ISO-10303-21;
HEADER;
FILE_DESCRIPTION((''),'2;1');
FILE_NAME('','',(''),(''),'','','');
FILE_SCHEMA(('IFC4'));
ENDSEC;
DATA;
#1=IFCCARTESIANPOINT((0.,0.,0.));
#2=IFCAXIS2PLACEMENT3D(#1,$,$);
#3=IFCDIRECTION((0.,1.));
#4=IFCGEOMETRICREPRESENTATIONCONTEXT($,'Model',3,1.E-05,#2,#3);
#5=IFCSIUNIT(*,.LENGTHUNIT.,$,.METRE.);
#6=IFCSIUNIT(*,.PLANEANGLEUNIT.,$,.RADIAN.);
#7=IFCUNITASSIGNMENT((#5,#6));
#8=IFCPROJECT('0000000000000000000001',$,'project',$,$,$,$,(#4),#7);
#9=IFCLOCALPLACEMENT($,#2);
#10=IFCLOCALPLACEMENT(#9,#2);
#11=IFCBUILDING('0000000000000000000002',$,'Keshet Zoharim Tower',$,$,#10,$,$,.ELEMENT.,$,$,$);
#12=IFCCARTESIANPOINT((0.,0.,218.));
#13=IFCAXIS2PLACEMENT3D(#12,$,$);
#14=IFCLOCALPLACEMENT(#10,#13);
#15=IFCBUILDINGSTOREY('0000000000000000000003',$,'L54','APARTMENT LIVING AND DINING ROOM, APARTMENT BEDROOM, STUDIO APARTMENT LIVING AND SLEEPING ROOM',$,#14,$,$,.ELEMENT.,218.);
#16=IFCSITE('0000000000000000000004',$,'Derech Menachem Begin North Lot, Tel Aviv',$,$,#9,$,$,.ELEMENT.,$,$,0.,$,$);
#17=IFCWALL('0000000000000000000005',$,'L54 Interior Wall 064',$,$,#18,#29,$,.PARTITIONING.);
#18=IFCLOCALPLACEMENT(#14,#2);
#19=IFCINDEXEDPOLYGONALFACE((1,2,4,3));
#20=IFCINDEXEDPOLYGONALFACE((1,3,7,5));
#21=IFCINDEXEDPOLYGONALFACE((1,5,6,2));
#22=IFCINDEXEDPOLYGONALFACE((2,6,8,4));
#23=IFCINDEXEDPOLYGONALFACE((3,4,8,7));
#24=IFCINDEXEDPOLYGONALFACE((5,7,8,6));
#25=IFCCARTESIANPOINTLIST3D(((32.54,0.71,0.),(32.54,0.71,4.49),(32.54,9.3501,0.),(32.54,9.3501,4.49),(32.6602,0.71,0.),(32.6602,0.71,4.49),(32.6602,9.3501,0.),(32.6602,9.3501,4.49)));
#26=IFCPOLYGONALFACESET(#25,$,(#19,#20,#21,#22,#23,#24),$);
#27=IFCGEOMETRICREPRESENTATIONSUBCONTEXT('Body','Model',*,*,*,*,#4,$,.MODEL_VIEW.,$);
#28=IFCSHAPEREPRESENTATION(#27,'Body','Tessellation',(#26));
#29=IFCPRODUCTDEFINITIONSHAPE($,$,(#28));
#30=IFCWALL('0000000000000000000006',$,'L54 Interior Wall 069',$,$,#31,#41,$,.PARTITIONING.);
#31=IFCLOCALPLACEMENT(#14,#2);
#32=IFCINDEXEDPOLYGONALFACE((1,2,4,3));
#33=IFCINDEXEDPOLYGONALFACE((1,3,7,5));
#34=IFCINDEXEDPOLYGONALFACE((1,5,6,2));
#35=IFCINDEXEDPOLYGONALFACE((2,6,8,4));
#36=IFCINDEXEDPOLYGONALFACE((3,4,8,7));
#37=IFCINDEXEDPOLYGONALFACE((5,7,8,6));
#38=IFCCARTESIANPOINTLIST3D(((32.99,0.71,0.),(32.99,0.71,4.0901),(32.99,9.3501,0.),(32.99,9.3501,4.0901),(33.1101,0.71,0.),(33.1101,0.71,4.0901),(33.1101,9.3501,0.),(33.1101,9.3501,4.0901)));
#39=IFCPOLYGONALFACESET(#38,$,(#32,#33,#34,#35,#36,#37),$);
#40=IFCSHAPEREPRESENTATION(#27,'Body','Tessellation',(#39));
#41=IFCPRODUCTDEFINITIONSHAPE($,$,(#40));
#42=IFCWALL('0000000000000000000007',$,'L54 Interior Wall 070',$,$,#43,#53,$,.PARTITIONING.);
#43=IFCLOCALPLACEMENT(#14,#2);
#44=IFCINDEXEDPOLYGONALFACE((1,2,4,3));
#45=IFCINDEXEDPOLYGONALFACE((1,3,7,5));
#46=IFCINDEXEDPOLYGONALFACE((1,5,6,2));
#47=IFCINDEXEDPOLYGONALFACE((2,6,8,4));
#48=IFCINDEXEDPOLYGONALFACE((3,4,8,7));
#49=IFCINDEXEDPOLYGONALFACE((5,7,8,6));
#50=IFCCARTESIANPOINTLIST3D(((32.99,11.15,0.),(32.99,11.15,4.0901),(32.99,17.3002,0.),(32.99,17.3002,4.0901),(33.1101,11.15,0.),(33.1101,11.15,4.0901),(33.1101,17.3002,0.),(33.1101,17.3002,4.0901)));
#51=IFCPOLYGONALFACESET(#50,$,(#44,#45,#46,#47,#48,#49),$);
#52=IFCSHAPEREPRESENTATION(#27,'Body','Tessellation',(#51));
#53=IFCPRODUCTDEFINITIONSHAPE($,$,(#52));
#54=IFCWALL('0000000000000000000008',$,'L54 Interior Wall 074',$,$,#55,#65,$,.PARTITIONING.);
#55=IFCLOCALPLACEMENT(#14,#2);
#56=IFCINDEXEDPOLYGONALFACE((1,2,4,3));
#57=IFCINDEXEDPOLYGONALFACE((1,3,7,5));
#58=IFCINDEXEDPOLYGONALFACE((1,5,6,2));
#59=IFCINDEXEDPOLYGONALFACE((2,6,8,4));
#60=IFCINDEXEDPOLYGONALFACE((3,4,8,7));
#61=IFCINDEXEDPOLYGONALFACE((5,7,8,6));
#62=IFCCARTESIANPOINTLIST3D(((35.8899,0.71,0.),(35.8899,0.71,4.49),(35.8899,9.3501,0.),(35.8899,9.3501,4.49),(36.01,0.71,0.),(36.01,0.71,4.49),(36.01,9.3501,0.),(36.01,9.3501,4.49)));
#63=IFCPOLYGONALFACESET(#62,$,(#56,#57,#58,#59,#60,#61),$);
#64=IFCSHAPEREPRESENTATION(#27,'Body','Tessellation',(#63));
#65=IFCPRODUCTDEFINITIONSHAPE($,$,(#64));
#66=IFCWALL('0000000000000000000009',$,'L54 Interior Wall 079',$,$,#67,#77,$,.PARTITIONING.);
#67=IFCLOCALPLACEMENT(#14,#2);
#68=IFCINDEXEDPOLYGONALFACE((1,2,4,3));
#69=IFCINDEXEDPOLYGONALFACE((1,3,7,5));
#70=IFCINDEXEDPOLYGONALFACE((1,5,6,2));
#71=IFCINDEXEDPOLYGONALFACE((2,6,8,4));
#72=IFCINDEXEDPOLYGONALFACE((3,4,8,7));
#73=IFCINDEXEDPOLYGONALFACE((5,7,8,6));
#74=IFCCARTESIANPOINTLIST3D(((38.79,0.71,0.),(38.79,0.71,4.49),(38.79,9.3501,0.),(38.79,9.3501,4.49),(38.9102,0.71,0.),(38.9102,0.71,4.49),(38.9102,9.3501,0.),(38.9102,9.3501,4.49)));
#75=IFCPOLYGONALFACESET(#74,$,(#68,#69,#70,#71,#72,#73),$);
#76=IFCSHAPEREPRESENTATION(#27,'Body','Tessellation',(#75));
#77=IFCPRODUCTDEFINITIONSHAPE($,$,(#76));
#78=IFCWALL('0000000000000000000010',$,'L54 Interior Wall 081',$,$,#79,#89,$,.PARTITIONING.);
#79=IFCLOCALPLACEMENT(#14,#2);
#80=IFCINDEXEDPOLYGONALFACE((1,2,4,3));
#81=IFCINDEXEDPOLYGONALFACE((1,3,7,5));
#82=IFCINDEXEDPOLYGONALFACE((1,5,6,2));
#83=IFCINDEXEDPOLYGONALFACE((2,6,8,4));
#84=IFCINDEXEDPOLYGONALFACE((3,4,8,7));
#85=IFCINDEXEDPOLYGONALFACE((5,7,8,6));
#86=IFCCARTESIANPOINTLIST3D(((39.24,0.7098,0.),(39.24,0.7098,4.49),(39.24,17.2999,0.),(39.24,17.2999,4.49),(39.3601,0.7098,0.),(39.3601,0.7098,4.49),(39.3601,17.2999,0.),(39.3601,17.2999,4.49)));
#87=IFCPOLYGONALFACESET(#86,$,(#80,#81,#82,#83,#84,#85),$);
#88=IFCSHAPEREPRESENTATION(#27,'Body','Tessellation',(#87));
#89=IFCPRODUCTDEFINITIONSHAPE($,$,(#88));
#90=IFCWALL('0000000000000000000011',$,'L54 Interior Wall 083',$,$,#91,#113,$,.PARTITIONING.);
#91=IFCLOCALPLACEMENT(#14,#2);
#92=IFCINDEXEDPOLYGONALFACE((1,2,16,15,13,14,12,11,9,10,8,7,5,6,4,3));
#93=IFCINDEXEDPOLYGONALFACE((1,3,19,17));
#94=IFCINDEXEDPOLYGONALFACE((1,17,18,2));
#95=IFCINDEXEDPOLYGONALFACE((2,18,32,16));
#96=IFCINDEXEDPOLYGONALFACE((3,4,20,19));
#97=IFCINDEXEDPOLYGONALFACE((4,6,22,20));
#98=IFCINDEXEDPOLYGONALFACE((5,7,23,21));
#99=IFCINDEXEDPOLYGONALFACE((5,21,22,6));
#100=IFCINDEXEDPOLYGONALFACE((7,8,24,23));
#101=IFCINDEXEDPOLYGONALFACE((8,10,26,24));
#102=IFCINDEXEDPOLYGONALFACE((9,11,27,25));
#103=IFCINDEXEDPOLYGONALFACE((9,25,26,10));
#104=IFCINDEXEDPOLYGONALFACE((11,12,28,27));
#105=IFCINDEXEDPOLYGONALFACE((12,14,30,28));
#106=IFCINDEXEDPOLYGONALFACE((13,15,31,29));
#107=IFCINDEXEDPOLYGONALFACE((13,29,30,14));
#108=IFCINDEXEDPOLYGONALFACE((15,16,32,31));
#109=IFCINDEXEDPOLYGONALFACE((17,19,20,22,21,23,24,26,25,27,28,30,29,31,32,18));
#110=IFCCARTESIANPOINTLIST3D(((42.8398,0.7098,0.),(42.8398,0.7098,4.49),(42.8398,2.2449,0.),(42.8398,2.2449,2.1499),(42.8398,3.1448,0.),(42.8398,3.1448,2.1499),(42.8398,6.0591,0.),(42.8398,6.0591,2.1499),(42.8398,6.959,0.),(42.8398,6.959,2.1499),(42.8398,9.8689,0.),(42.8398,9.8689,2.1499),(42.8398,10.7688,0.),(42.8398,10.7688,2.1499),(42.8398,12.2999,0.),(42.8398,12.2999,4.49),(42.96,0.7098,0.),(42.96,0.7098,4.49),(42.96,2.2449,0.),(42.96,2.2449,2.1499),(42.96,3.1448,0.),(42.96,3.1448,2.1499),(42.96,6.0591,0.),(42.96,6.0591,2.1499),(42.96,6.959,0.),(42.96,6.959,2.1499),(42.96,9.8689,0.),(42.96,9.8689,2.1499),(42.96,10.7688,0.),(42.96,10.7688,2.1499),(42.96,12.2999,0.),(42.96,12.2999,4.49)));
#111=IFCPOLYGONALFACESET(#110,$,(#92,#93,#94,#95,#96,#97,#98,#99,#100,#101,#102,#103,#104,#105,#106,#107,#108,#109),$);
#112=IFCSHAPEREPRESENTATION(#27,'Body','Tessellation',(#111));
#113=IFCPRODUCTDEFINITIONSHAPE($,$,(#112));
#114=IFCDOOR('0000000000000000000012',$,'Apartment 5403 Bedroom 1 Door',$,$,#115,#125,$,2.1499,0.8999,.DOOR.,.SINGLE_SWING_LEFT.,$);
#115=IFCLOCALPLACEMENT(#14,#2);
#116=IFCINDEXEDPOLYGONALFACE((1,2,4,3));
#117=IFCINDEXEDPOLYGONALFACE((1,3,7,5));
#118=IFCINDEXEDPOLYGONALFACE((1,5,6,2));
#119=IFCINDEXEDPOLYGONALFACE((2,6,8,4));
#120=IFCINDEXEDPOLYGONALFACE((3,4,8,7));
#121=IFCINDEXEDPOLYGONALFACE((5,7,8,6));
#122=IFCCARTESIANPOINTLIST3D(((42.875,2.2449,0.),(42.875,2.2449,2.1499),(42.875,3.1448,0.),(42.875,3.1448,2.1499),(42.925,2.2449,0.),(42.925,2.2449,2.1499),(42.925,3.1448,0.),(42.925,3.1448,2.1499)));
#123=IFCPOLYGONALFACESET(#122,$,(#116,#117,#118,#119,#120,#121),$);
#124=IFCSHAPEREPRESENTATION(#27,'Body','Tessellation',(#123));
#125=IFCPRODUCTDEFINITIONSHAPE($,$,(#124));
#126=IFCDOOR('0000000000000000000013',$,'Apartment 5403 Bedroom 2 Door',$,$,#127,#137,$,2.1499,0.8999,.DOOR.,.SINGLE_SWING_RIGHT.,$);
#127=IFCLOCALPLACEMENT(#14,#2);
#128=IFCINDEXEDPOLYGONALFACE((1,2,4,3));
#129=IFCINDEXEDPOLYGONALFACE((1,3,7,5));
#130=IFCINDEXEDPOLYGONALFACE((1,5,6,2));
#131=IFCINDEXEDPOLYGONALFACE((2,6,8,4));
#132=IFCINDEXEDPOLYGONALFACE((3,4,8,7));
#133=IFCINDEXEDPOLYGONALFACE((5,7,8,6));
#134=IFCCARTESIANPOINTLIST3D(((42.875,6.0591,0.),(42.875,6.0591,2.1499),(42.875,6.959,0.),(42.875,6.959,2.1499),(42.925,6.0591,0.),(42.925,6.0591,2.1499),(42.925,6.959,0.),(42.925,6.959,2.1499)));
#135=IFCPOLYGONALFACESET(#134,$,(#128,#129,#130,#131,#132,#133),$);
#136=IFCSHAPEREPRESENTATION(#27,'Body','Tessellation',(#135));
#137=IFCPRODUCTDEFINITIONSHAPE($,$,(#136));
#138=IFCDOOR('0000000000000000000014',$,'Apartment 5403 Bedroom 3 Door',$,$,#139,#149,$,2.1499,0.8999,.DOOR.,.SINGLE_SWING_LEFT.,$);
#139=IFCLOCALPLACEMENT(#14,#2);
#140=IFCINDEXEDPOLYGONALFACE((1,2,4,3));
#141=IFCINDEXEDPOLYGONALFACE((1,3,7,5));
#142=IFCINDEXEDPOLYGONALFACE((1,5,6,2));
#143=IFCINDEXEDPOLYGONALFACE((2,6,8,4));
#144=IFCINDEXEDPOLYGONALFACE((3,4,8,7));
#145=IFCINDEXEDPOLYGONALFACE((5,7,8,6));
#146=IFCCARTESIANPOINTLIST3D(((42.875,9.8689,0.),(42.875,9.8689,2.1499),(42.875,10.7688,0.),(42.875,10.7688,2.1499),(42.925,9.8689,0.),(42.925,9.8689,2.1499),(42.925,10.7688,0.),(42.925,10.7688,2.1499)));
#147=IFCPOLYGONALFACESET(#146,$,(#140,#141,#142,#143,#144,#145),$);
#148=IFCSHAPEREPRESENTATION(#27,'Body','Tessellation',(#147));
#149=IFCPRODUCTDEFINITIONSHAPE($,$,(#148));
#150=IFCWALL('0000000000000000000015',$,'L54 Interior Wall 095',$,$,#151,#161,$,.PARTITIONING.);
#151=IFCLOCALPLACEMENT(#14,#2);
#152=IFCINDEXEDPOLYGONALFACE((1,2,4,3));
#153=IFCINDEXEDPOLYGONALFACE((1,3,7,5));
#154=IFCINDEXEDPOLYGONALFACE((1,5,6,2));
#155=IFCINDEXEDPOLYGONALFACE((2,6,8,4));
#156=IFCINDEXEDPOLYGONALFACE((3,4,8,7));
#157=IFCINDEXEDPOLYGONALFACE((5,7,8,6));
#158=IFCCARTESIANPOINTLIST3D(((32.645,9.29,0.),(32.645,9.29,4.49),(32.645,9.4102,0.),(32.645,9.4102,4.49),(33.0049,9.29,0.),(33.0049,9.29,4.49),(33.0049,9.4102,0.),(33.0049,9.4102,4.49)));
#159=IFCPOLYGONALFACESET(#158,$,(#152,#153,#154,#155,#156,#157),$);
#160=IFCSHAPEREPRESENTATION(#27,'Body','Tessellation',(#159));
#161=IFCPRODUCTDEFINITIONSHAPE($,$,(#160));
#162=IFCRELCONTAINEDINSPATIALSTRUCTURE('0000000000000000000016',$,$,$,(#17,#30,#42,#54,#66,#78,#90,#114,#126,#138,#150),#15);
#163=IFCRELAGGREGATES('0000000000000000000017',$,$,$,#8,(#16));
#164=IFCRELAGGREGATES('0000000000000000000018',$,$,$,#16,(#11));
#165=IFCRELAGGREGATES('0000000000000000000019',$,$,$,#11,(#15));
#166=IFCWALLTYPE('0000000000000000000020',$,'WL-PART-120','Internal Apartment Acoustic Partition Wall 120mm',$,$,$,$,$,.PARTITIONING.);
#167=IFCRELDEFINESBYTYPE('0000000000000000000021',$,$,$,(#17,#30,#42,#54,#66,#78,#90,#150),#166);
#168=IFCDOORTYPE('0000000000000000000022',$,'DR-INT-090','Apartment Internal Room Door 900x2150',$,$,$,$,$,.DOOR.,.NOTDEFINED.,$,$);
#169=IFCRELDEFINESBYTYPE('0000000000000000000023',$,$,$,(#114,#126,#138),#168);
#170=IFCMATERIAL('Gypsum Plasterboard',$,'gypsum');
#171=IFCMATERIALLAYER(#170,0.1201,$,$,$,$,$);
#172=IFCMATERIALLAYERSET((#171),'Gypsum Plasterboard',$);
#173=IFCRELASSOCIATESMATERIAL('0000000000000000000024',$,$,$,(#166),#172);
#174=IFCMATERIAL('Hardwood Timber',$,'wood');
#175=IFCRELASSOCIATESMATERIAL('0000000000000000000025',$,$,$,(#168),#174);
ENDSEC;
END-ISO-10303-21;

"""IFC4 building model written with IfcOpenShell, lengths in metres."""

from ifc_helpers import new_model, si_unit, direction, frame, frame_2d, origin, place, context, subcontext, project, spatial, rectangle, extrude, material, layer, layer_set, type_object, element, fill, save


model = new_model("IFC4")

# Units and contexts
model_context = context("Model", 3, precision=1e-05, world=origin(), true_north=direction((0.0, 1.0)))
body_context = subcontext(model_context, "Body", "Model", "MODEL_VIEW")
ifc_project = project(units=[si_unit("LENGTHUNIT", "METRE"), si_unit("PLANEANGLEUNIT", "RADIAN")], contexts=[model_context])

# Site, building, storey
site_placement = place(None, origin())
site = spatial("IfcSite", under=ifc_project, at=site_placement, Name="Derech Menachem Begin North Lot, Tel Aviv", CompositionType="ELEMENT", RefElevation=0.0)
building_placement = place(site_placement, origin())
building = spatial("IfcBuilding", under=site, at=building_placement, Name="Keshet Zoharim Tower", CompositionType="ELEMENT")
storey_placement = place(building_placement, frame((0.0, 0.0, 218.0)))
storey = spatial("IfcBuildingStorey", under=building, at=storey_placement, Name="L54", Description="APARTMENT LIVING AND DINING ROOM, APARTMENT BEDROOM, STUDIO APARTMENT LIVING AND SLEEPING ROOM", CompositionType="ELEMENT", Elevation=218.0)

# Walls
ifc_material_1 = material(Name="Gypsum Plasterboard", Category="gypsum")
ifc_layer_1 = layer(ifc_material_1, 0.1201)
ifc_layer_set_1 = layer_set([ifc_layer_1], Name="Gypsum Plasterboard")
wall_type = type_object("IfcWallType", Name="WL-PART-120", Description="Internal Apartment Acoustic Partition Wall 120mm", PredefinedType="PARTITIONING", material=ifc_layer_set_1)
wall_1_placement = place(storey_placement, frame((32.6001, 0.71, 0.0), z_axis=(0.0, 0.0, 1.0), x_axis=(0.0, 1.0, 0.0)))
element("IfcWall", 1, at=wall_1_placement, inside=storey, type_object=wall_type, Name="L54 Interior Wall 064", PredefinedType="PARTITIONING", context=body_context, shape_type="SweptSolid", body=[
    extrude(rectangle(XDim=8.6401, YDim=0.1201, at=frame_2d((4.3201, 0.0))), origin(), (0.0, 0.0, 1.0), 4.49),
])
wall_2_placement = place(storey_placement, frame((33.05, 0.71, 0.0), z_axis=(0.0, 0.0, 1.0), x_axis=(0.0, 1.0, 0.0)))
element("IfcWall", 2, at=wall_2_placement, inside=storey, type_object=wall_type, Name="L54 Interior Wall 069", PredefinedType="PARTITIONING", context=body_context, shape_type="SweptSolid", body=[
    extrude(rectangle(XDim=8.6401, YDim=0.1201, at=frame_2d((4.3201, 0.0))), origin(), (0.0, 0.0, 1.0), 4.0901),
])
wall_3_placement = place(storey_placement, frame((33.05, 11.1499, 0.0), z_axis=(0.0, 0.0, 1.0), x_axis=(0.0, 1.0, 0.0)))
element("IfcWall", 3, at=wall_3_placement, inside=storey, type_object=wall_type, Name="L54 Interior Wall 070", PredefinedType="PARTITIONING", context=body_context, shape_type="SweptSolid", body=[
    extrude(rectangle(XDim=6.1501, YDim=0.1201, at=frame_2d((3.0752, 0.0))), origin(), (0.0, 0.0, 1.0), 4.0901),
])
for number, where, z_axis, x_axis, name in (
    (4, (35.95, 0.71, 0.0), (0.0, 0.0, 1.0), (0.0, 1.0, 0.0), "L54 Interior Wall 074"),
    (5, (38.8501, 0.71, 0.0), (0.0, 0.0, 1.0), (0.0, 1.0, 0.0), "L54 Interior Wall 079"),
):
    element("IfcWall", number, at=place(storey_placement, frame(where, z_axis=z_axis, x_axis=x_axis)), inside=storey, type_object=wall_type, Name=name, PredefinedType="PARTITIONING", context=body_context, shape_type="SweptSolid", body=[
        extrude(rectangle(XDim=8.6401, YDim=0.1201, at=frame_2d((4.3201, 0.0))), origin(), (0.0, 0.0, 1.0), 4.49),
    ])
wall_4_placement = place(storey_placement, frame((39.3, 0.71, 0.0), z_axis=(0.0, 0.0, 1.0), x_axis=(0.0, 1.0, 0.0)))
element("IfcWall", 6, at=wall_4_placement, inside=storey, type_object=wall_type, Name="L54 Interior Wall 081", PredefinedType="PARTITIONING", context=body_context, shape_type="SweptSolid", body=[
    extrude(rectangle(XDim=16.5901, YDim=0.1201, at=frame_2d((8.2949, 0.0))), origin(), (0.0, 0.0, 1.0), 4.49),
])

# Wall, openings, doors
wall_5_placement = place(storey_placement, frame((42.8999, 0.71, 0.0), z_axis=(0.0, 0.0, 1.0), x_axis=(0.0, 1.0, 0.0)))
wall_5 = element("IfcWall", 7, at=wall_5_placement, inside=storey, type_object=wall_type, Name="L54 Interior Wall 083", PredefinedType="PARTITIONING", context=body_context, shape_type="SweptSolid", body=[
    extrude(rectangle(XDim=11.5901, YDim=0.1201, at=frame_2d((5.7949, 0.0))), origin(), (0.0, 0.0, 1.0), 4.49),
])
opening_1_placement = place(wall_5_placement, frame((1.5349, 0.0, 0.0)))
opening_1 = element("IfcOpeningElement", 8, at=opening_1_placement, cuts=wall_5, PredefinedType="OPENING", context=body_context, shape_type="SweptSolid", body=[
    extrude(rectangle(XDim=0.8999, YDim=2.1499, at=frame_2d((0.45, 1.075))), frame((0.0, 0.0701, 0.0), z_axis=(0.0, -1.0, 0.0), x_axis=(1.0, 0.0, 0.0)), (0.0, 0.0, 1.0), 0.1401),
])
opening_2_placement = place(wall_5_placement, frame((5.3491, 0.0, 0.0)))
opening_2 = element("IfcOpeningElement", 9, at=opening_2_placement, cuts=wall_5, PredefinedType="OPENING", context=body_context, shape_type="SweptSolid", body=[
    extrude(rectangle(XDim=0.8999, YDim=2.1499, at=frame_2d((0.45, 1.075))), frame((0.0, 0.0701, 0.0), z_axis=(0.0, -1.0, 0.0), x_axis=(1.0, 0.0, 0.0)), (0.0, 0.0, 1.0), 0.1401),
])
opening_3_placement = place(wall_5_placement, frame((9.1589, 0.0, 0.0)))
opening_3 = element("IfcOpeningElement", 10, at=opening_3_placement, cuts=wall_5, PredefinedType="OPENING", context=body_context, shape_type="SweptSolid", body=[
    extrude(rectangle(XDim=0.8999, YDim=2.1499, at=frame_2d((0.45, 1.075))), frame((0.0, 0.0701, 0.0), z_axis=(0.0, -1.0, 0.0), x_axis=(1.0, 0.0, 0.0)), (0.0, 0.0, 1.0), 0.1401),
])
ifc_material_2 = material(Name="Hardwood Timber", Category="wood")
door_type = type_object("IfcDoorType", Name="DR-INT-090", Description="Apartment Internal Room Door 900x2150", OperationType="NOTDEFINED", PredefinedType="DOOR", material=ifc_material_2)
door_1_placement = place(opening_1_placement, origin())
door_1 = element("IfcDoor", 11, at=door_1_placement, inside=storey, type_object=door_type, Name="Apartment 5403 Bedroom 1 Door", OperationType="SINGLE_SWING_LEFT", OverallHeight=2.1499, OverallWidth=0.8999, PredefinedType="DOOR", context=body_context, shape_type="SweptSolid", body=[
    extrude(rectangle(XDim=0.8999, YDim=2.1499, at=frame_2d((0.45, 1.075))), frame((0.0, 0.0249, 0.0), z_axis=(0.0, -1.0, 0.0), x_axis=(1.0, 0.0, 0.0)), (0.0, 0.0, 1.0), 0.05),
])
fill(opening_1, door_1)
door_2_placement = place(opening_2_placement, origin())
door_2 = element("IfcDoor", 12, at=door_2_placement, inside=storey, type_object=door_type, Name="Apartment 5403 Bedroom 2 Door", OperationType="SINGLE_SWING_RIGHT", OverallHeight=2.1499, OverallWidth=0.8999, PredefinedType="DOOR", context=body_context, shape_type="SweptSolid", body=[
    extrude(rectangle(XDim=0.8999, YDim=2.1499, at=frame_2d((0.45, 1.075))), frame((0.0, 0.0249, 0.0), z_axis=(0.0, -1.0, 0.0), x_axis=(1.0, 0.0, 0.0)), (0.0, 0.0, 1.0), 0.05),
])
fill(opening_2, door_2)
door_3_placement = place(opening_3_placement, origin())
door_3 = element("IfcDoor", 13, at=door_3_placement, inside=storey, type_object=door_type, Name="Apartment 5403 Bedroom 3 Door", OperationType="SINGLE_SWING_LEFT", OverallHeight=2.1499, OverallWidth=0.8999, PredefinedType="DOOR", context=body_context, shape_type="SweptSolid", body=[
    extrude(rectangle(XDim=0.8999, YDim=2.1499, at=frame_2d((0.45, 1.075))), frame((0.0, 0.0249, 0.0), z_axis=(0.0, -1.0, 0.0), x_axis=(1.0, 0.0, 0.0)), (0.0, 0.0, 1.0), 0.05),
])
fill(opening_3, door_3)

# Wall
wall_6_placement = place(storey_placement, frame((32.645, 9.3501, 0.0), z_axis=(0.0, 0.0, 1.0), x_axis=(1.0, 0.0, 0.0)))
element("IfcWall", 14, at=wall_6_placement, inside=storey, type_object=wall_type, Name="L54 Interior Wall 095", PredefinedType="PARTITIONING", context=body_context, shape_type="SweptSolid", body=[
    extrude(rectangle(XDim=0.3599, YDim=0.1201, at=frame_2d((0.1799, 0.0))), origin(), (0.0, 0.0, 1.0), 4.49),
])

save(model, "model.ifc")
